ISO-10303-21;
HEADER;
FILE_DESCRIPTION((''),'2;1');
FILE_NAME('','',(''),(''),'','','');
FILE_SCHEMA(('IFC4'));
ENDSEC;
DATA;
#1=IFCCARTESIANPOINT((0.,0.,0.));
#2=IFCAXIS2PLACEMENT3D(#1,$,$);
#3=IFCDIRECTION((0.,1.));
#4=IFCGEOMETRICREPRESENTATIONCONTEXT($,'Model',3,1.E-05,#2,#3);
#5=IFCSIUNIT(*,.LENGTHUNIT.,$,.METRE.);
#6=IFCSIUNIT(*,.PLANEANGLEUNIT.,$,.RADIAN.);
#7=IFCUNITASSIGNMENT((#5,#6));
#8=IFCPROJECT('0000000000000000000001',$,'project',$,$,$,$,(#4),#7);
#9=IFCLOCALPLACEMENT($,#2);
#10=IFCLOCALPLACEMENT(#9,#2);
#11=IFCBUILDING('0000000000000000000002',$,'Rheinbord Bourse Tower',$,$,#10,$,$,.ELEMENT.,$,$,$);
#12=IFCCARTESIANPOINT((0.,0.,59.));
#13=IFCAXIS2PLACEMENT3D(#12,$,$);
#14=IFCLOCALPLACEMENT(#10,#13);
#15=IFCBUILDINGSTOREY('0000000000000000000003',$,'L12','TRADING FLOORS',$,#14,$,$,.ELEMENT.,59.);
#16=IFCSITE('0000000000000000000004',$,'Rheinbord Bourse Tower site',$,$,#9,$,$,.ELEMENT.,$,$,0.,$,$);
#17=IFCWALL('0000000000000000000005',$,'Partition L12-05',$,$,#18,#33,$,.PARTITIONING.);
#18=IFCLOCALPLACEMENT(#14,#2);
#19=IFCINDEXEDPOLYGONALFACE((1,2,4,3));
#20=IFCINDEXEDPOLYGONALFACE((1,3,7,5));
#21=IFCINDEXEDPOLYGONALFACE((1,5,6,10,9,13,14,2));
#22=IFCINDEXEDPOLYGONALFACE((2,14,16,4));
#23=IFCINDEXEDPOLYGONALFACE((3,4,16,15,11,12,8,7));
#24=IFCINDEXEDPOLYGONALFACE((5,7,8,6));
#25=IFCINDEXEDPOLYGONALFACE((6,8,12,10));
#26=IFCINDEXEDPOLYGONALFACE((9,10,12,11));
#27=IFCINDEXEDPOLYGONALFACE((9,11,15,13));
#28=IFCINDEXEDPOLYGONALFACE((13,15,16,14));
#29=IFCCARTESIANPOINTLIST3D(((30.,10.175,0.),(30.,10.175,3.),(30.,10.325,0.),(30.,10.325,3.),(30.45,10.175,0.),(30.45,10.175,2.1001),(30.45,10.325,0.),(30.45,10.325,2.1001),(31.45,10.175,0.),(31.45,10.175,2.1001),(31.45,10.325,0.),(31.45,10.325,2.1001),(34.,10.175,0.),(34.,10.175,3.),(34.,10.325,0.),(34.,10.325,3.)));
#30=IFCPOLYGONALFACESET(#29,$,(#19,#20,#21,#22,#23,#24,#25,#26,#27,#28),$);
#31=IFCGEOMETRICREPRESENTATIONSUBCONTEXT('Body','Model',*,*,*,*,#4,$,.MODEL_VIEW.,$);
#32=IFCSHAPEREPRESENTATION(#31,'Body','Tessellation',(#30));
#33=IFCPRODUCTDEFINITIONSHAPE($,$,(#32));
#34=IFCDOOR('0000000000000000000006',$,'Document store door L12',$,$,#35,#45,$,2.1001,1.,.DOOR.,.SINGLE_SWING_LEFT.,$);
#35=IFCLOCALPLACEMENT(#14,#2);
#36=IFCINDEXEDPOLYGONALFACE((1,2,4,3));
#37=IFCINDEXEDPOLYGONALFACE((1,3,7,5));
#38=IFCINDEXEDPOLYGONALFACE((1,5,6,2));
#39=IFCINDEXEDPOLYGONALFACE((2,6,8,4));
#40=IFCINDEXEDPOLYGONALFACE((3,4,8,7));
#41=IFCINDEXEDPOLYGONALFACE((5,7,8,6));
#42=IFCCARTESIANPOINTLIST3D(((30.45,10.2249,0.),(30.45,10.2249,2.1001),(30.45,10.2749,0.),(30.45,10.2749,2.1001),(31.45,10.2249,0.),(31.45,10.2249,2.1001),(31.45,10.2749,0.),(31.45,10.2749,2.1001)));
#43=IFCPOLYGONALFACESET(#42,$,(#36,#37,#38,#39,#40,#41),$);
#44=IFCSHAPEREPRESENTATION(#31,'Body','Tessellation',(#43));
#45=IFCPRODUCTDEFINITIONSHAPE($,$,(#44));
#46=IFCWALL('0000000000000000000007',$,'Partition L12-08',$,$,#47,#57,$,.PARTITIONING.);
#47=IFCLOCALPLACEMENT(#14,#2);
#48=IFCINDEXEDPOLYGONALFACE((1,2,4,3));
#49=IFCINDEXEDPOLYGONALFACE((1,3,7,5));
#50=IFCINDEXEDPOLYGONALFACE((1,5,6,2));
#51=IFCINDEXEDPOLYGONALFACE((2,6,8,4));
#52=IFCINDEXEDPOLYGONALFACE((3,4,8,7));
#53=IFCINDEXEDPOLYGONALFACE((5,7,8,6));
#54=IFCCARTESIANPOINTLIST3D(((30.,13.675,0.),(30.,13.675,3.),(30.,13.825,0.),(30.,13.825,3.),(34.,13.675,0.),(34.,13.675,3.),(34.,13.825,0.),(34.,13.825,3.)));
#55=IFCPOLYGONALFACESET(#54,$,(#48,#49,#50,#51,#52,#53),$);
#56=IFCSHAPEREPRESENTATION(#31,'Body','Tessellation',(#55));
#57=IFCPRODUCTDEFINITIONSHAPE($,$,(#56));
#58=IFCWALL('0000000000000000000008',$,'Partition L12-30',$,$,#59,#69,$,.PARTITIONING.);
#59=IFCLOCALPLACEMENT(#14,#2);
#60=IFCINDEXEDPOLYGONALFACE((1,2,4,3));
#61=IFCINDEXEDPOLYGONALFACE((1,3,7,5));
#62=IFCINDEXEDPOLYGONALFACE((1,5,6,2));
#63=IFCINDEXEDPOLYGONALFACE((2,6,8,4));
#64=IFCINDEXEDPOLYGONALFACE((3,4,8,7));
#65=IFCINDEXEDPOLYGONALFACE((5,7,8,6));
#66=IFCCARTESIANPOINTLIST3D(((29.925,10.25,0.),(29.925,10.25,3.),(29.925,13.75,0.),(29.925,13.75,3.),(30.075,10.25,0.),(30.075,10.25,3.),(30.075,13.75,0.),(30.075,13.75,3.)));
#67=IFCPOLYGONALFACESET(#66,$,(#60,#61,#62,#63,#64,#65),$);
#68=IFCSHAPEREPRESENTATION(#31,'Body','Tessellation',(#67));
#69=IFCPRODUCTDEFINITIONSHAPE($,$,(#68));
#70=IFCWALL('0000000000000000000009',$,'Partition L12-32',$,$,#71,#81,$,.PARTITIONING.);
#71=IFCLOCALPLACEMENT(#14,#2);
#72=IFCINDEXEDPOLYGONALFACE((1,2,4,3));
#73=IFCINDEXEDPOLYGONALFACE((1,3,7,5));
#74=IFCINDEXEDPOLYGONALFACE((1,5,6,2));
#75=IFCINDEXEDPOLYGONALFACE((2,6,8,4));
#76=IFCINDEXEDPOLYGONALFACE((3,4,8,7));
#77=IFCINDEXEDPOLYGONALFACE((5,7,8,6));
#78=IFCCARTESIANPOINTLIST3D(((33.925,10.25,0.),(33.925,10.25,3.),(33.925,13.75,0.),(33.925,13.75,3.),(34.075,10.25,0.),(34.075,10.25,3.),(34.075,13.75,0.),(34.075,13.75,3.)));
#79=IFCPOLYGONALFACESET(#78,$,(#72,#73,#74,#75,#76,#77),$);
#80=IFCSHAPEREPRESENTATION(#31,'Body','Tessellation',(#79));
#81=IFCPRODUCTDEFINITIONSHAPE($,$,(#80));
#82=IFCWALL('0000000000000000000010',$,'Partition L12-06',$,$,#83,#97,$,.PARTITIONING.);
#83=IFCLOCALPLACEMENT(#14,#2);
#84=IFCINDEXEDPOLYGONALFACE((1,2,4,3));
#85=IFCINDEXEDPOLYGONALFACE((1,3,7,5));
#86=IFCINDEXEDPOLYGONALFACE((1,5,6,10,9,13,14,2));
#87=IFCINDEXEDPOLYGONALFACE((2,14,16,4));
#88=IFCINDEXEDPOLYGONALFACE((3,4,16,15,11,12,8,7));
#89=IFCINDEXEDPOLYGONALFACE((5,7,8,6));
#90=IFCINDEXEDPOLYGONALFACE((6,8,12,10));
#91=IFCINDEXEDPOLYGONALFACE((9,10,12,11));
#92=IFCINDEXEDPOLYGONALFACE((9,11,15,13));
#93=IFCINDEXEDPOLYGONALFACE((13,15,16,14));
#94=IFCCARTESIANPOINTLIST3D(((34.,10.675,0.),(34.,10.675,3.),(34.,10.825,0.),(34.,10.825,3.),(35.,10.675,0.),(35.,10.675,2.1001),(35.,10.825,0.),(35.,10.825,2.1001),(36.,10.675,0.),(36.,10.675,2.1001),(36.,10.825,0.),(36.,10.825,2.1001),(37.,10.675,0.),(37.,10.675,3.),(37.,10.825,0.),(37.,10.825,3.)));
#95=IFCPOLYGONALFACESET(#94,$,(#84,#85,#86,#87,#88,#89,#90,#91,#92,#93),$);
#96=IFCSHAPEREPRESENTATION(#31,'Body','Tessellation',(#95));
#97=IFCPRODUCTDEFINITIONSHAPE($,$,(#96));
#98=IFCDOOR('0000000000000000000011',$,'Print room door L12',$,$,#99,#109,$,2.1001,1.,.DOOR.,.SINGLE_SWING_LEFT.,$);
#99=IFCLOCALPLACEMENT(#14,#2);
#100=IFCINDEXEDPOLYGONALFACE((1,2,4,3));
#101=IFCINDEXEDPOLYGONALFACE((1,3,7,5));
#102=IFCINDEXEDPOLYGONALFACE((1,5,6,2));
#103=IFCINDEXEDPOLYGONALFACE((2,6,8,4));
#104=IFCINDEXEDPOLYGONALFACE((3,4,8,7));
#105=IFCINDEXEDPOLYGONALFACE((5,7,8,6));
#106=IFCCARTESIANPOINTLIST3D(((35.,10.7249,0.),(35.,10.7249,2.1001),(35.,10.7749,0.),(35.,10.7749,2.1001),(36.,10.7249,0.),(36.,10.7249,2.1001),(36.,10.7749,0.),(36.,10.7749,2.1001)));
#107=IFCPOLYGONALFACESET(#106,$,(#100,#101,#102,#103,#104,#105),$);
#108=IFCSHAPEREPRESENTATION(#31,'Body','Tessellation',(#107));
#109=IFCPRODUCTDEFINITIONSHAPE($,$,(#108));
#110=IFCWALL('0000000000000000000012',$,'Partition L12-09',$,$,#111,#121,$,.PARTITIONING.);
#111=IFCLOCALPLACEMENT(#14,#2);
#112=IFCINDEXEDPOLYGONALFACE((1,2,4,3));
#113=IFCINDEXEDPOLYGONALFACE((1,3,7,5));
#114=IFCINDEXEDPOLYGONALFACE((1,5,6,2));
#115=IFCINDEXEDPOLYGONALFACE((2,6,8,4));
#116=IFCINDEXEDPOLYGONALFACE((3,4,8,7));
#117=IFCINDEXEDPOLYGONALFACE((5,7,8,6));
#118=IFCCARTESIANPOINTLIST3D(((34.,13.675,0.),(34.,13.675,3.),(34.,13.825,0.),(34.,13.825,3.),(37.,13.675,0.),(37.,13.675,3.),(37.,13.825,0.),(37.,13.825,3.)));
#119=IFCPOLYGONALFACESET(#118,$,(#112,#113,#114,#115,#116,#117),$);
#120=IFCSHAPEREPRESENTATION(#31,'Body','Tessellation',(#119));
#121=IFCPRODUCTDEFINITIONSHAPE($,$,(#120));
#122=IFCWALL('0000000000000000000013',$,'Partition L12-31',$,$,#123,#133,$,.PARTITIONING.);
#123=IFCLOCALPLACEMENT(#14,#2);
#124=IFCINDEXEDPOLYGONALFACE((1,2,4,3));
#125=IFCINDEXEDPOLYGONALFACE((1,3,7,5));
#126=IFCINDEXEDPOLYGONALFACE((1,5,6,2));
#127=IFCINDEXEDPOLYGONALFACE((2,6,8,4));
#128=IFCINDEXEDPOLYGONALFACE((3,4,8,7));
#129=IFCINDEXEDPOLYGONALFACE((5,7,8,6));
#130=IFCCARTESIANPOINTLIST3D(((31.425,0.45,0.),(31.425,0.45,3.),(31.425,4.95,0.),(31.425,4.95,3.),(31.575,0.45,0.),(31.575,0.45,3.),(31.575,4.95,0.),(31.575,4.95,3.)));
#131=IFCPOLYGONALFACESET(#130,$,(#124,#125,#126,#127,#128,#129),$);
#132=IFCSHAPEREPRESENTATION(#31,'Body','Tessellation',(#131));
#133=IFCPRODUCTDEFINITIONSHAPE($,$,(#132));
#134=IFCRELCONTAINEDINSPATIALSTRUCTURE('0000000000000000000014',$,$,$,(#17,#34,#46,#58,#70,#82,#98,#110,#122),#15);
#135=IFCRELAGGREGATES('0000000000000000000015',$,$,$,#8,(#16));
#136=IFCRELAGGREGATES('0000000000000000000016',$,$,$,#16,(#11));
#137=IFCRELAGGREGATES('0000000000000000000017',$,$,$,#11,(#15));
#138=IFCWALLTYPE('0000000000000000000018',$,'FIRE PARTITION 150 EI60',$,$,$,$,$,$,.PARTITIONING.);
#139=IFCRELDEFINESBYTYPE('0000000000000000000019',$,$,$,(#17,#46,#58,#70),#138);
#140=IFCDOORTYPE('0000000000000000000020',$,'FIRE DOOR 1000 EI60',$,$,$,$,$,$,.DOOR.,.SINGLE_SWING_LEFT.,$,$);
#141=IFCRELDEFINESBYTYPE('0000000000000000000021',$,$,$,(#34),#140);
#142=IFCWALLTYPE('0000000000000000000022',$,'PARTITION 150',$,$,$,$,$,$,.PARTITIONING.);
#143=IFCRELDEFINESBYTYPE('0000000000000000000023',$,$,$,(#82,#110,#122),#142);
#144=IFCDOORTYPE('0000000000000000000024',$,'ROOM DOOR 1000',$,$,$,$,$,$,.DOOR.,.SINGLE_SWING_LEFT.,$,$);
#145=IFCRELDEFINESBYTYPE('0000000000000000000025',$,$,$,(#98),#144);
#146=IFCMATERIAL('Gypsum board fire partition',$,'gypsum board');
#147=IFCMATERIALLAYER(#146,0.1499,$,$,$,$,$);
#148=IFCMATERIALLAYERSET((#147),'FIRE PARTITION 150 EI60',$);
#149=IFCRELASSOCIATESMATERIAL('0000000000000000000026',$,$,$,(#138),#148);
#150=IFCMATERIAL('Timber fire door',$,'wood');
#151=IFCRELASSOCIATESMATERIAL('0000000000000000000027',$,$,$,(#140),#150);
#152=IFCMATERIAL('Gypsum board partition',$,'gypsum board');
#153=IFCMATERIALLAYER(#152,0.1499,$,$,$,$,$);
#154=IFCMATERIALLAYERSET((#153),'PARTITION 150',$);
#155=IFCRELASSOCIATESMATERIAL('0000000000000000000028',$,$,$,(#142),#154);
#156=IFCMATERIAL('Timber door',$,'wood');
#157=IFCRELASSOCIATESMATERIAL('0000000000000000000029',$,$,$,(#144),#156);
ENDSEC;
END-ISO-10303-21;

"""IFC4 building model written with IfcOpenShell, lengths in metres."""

from ifc_helpers import new_model, si_unit, direction, frame, frame_2d, origin, place, context, subcontext, project, spatial, rectangle, extrude, material, layer, layer_set, type_object, element, fill, save


model = new_model("IFC4")

# Units and contexts
model_context = context("Model", 3, precision=1e-05, world=origin(), true_north=direction((0.0, 1.0)))
body_context = subcontext(model_context, "Body", "Model", "MODEL_VIEW")
ifc_project = project(units=[si_unit("LENGTHUNIT", "METRE"), si_unit("PLANEANGLEUNIT", "RADIAN")], contexts=[model_context])

# Site, building, storey
site_placement = place(None, origin())
site = spatial("IfcSite", under=ifc_project, at=site_placement, Name="Rheinbord Bourse Tower site", CompositionType="ELEMENT", RefElevation=0.0)
building_placement = place(site_placement, origin())
building = spatial("IfcBuilding", under=site, at=building_placement, Name="Rheinbord Bourse Tower", CompositionType="ELEMENT")
storey_placement = place(building_placement, frame((0.0, 0.0, 59.0)))
storey = spatial("IfcBuildingStorey", under=building, at=storey_placement, Name="L12", Description="TRADING FLOORS", CompositionType="ELEMENT", Elevation=59.0)

# Wall, opening, door
ifc_material_1 = material(Name="Gypsum board fire partition", Category="gypsum board")
ifc_layer_1 = layer(ifc_material_1, 0.1499)
ifc_layer_set_1 = layer_set([ifc_layer_1], Name="FIRE PARTITION 150 EI60")
wall_type_1 = type_object("IfcWallType", Name="FIRE PARTITION 150 EI60", PredefinedType="PARTITIONING", material=ifc_layer_set_1)
wall_1_placement = place(storey_placement, frame((30.0, 10.25, 0.0), z_axis=(0.0, 0.0, 1.0), x_axis=(1.0, 0.0, 0.0)))
wall_1 = element("IfcWall", 1, at=wall_1_placement, inside=storey, type_object=wall_type_1, Name="Partition L12-05", PredefinedType="PARTITIONING", context=body_context, shape_type="SweptSolid", body=[
    extrude(rectangle(XDim=4.0, YDim=0.1499, at=frame_2d((2.0, 0.0))), origin(), (0.0, 0.0, 1.0), 3.0),
])
opening_1_placement = place(wall_1_placement, frame((0.45, 0.0, 0.0)))
opening_1 = element("IfcOpeningElement", 2, at=opening_1_placement, cuts=wall_1, PredefinedType="OPENING", context=body_context, shape_type="SweptSolid", body=[
    extrude(rectangle(XDim=1.0, YDim=2.1001, at=frame_2d((0.5, 1.05))), frame((0.0, 0.085, 0.0), z_axis=(0.0, -1.0, 0.0), x_axis=(1.0, 0.0, 0.0)), (0.0, 0.0, 1.0), 0.1699),
])
ifc_material_2 = material(Name="Timber fire door", Category="wood")
door_type_1 = type_object("IfcDoorType", Name="FIRE DOOR 1000 EI60", OperationType="SINGLE_SWING_LEFT", PredefinedType="DOOR", material=ifc_material_2)
door_1_placement = place(opening_1_placement, origin())
door_1 = element("IfcDoor", 3, at=door_1_placement, inside=storey, type_object=door_type_1, Name="Document store door L12", OperationType="SINGLE_SWING_LEFT", OverallHeight=2.1001, OverallWidth=1.0, PredefinedType="DOOR", context=body_context, shape_type="SweptSolid", body=[
    extrude(rectangle(XDim=1.0, YDim=2.1001, at=frame_2d((0.5, 1.05))), frame((0.0, 0.0249, 0.0), z_axis=(0.0, -1.0, 0.0), x_axis=(1.0, 0.0, 0.0)), (0.0, 0.0, 1.0), 0.05),
])
fill(opening_1, door_1)

# Walls
wall_2_placement = place(storey_placement, frame((30.0, 13.75, 0.0), z_axis=(0.0, 0.0, 1.0), x_axis=(1.0, 0.0, 0.0)))
element("IfcWall", 4, at=wall_2_placement, inside=storey, type_object=wall_type_1, Name="Partition L12-08", PredefinedType="PARTITIONING", context=body_context, shape_type="SweptSolid", body=[
    extrude(rectangle(XDim=4.0, YDim=0.1499, at=frame_2d((2.0, 0.0))), origin(), (0.0, 0.0, 1.0), 3.0),
])
for number, where, z_axis, x_axis, name in (
    (5, (30.0, 10.25, 0.0), (0.0, 0.0, 1.0), (0.0, 1.0, 0.0), "Partition L12-30"),
    (6, (34.0, 10.25, 0.0), (0.0, 0.0, 1.0), (0.0, 1.0, 0.0), "Partition L12-32"),
):
    element("IfcWall", number, at=place(storey_placement, frame(where, z_axis=z_axis, x_axis=x_axis)), inside=storey, type_object=wall_type_1, Name=name, PredefinedType="PARTITIONING", context=body_context, shape_type="SweptSolid", body=[
        extrude(rectangle(XDim=3.5, YDim=0.1499, at=frame_2d((1.75, 0.0))), origin(), (0.0, 0.0, 1.0), 3.0),
    ])

# Wall, opening, door
ifc_material_3 = material(Name="Gypsum board partition", Category="gypsum board")
ifc_layer_2 = layer(ifc_material_3, 0.1499)
ifc_layer_set_2 = layer_set([ifc_layer_2], Name="PARTITION 150")
wall_type_2 = type_object("IfcWallType", Name="PARTITION 150", PredefinedType="PARTITIONING", material=ifc_layer_set_2)
wall_3_placement = place(storey_placement, frame((34.0, 10.75, 0.0), z_axis=(0.0, 0.0, 1.0), x_axis=(1.0, 0.0, 0.0)))
wall_3 = element("IfcWall", 7, at=wall_3_placement, inside=storey, type_object=wall_type_2, Name="Partition L12-06", PredefinedType="PARTITIONING", context=body_context, shape_type="SweptSolid", body=[
    extrude(rectangle(XDim=3.0, YDim=0.1499, at=frame_2d((1.5, 0.0))), origin(), (0.0, 0.0, 1.0), 3.0),
])
opening_2_placement = place(wall_3_placement, frame((1.0, 0.0, 0.0)))
opening_2 = element("IfcOpeningElement", 8, at=opening_2_placement, cuts=wall_3, PredefinedType="OPENING", context=body_context, shape_type="SweptSolid", body=[
    extrude(rectangle(XDim=1.0, YDim=2.1001, at=frame_2d((0.5, 1.05))), frame((0.0, 0.085, 0.0), z_axis=(0.0, -1.0, 0.0), x_axis=(1.0, 0.0, 0.0)), (0.0, 0.0, 1.0), 0.1699),
])
ifc_material_4 = material(Name="Timber door", Category="wood")
door_type_2 = type_object("IfcDoorType", Name="ROOM DOOR 1000", OperationType="SINGLE_SWING_LEFT", PredefinedType="DOOR", material=ifc_material_4)
door_2_placement = place(opening_2_placement, origin())
door_2 = element("IfcDoor", 9, at=door_2_placement, inside=storey, type_object=door_type_2, Name="Print room door L12", OperationType="SINGLE_SWING_LEFT", OverallHeight=2.1001, OverallWidth=1.0, PredefinedType="DOOR", context=body_context, shape_type="SweptSolid", body=[
    extrude(rectangle(XDim=1.0, YDim=2.1001, at=frame_2d((0.5, 1.05))), frame((0.0, 0.0249, 0.0), z_axis=(0.0, -1.0, 0.0), x_axis=(1.0, 0.0, 0.0)), (0.0, 0.0, 1.0), 0.05),
])
fill(opening_2, door_2)

# Walls
wall_4_placement = place(storey_placement, frame((34.0, 13.75, 0.0), z_axis=(0.0, 0.0, 1.0), x_axis=(1.0, 0.0, 0.0)))
element("IfcWall", 10, at=wall_4_placement, inside=storey, type_object=wall_type_2, Name="Partition L12-09", PredefinedType="PARTITIONING", context=body_context, shape_type="SweptSolid", body=[
    extrude(rectangle(XDim=3.0, YDim=0.1499, at=frame_2d((1.5, 0.0))), origin(), (0.0, 0.0, 1.0), 3.0),
])
wall_5_placement = place(storey_placement, frame((31.5, 0.45, 0.0), z_axis=(0.0, 0.0, 1.0), x_axis=(0.0, 1.0, 0.0)))
element("IfcWall", 11, at=wall_5_placement, inside=storey, type_object=wall_type_2, Name="Partition L12-31", PredefinedType="PARTITIONING", context=body_context, shape_type="SweptSolid", body=[
    extrude(rectangle(XDim=4.5, YDim=0.1499, at=frame_2d((2.25, 0.0))), origin(), (0.0, 0.0, 1.0), 3.0),
])

save(model, "model.ifc")
